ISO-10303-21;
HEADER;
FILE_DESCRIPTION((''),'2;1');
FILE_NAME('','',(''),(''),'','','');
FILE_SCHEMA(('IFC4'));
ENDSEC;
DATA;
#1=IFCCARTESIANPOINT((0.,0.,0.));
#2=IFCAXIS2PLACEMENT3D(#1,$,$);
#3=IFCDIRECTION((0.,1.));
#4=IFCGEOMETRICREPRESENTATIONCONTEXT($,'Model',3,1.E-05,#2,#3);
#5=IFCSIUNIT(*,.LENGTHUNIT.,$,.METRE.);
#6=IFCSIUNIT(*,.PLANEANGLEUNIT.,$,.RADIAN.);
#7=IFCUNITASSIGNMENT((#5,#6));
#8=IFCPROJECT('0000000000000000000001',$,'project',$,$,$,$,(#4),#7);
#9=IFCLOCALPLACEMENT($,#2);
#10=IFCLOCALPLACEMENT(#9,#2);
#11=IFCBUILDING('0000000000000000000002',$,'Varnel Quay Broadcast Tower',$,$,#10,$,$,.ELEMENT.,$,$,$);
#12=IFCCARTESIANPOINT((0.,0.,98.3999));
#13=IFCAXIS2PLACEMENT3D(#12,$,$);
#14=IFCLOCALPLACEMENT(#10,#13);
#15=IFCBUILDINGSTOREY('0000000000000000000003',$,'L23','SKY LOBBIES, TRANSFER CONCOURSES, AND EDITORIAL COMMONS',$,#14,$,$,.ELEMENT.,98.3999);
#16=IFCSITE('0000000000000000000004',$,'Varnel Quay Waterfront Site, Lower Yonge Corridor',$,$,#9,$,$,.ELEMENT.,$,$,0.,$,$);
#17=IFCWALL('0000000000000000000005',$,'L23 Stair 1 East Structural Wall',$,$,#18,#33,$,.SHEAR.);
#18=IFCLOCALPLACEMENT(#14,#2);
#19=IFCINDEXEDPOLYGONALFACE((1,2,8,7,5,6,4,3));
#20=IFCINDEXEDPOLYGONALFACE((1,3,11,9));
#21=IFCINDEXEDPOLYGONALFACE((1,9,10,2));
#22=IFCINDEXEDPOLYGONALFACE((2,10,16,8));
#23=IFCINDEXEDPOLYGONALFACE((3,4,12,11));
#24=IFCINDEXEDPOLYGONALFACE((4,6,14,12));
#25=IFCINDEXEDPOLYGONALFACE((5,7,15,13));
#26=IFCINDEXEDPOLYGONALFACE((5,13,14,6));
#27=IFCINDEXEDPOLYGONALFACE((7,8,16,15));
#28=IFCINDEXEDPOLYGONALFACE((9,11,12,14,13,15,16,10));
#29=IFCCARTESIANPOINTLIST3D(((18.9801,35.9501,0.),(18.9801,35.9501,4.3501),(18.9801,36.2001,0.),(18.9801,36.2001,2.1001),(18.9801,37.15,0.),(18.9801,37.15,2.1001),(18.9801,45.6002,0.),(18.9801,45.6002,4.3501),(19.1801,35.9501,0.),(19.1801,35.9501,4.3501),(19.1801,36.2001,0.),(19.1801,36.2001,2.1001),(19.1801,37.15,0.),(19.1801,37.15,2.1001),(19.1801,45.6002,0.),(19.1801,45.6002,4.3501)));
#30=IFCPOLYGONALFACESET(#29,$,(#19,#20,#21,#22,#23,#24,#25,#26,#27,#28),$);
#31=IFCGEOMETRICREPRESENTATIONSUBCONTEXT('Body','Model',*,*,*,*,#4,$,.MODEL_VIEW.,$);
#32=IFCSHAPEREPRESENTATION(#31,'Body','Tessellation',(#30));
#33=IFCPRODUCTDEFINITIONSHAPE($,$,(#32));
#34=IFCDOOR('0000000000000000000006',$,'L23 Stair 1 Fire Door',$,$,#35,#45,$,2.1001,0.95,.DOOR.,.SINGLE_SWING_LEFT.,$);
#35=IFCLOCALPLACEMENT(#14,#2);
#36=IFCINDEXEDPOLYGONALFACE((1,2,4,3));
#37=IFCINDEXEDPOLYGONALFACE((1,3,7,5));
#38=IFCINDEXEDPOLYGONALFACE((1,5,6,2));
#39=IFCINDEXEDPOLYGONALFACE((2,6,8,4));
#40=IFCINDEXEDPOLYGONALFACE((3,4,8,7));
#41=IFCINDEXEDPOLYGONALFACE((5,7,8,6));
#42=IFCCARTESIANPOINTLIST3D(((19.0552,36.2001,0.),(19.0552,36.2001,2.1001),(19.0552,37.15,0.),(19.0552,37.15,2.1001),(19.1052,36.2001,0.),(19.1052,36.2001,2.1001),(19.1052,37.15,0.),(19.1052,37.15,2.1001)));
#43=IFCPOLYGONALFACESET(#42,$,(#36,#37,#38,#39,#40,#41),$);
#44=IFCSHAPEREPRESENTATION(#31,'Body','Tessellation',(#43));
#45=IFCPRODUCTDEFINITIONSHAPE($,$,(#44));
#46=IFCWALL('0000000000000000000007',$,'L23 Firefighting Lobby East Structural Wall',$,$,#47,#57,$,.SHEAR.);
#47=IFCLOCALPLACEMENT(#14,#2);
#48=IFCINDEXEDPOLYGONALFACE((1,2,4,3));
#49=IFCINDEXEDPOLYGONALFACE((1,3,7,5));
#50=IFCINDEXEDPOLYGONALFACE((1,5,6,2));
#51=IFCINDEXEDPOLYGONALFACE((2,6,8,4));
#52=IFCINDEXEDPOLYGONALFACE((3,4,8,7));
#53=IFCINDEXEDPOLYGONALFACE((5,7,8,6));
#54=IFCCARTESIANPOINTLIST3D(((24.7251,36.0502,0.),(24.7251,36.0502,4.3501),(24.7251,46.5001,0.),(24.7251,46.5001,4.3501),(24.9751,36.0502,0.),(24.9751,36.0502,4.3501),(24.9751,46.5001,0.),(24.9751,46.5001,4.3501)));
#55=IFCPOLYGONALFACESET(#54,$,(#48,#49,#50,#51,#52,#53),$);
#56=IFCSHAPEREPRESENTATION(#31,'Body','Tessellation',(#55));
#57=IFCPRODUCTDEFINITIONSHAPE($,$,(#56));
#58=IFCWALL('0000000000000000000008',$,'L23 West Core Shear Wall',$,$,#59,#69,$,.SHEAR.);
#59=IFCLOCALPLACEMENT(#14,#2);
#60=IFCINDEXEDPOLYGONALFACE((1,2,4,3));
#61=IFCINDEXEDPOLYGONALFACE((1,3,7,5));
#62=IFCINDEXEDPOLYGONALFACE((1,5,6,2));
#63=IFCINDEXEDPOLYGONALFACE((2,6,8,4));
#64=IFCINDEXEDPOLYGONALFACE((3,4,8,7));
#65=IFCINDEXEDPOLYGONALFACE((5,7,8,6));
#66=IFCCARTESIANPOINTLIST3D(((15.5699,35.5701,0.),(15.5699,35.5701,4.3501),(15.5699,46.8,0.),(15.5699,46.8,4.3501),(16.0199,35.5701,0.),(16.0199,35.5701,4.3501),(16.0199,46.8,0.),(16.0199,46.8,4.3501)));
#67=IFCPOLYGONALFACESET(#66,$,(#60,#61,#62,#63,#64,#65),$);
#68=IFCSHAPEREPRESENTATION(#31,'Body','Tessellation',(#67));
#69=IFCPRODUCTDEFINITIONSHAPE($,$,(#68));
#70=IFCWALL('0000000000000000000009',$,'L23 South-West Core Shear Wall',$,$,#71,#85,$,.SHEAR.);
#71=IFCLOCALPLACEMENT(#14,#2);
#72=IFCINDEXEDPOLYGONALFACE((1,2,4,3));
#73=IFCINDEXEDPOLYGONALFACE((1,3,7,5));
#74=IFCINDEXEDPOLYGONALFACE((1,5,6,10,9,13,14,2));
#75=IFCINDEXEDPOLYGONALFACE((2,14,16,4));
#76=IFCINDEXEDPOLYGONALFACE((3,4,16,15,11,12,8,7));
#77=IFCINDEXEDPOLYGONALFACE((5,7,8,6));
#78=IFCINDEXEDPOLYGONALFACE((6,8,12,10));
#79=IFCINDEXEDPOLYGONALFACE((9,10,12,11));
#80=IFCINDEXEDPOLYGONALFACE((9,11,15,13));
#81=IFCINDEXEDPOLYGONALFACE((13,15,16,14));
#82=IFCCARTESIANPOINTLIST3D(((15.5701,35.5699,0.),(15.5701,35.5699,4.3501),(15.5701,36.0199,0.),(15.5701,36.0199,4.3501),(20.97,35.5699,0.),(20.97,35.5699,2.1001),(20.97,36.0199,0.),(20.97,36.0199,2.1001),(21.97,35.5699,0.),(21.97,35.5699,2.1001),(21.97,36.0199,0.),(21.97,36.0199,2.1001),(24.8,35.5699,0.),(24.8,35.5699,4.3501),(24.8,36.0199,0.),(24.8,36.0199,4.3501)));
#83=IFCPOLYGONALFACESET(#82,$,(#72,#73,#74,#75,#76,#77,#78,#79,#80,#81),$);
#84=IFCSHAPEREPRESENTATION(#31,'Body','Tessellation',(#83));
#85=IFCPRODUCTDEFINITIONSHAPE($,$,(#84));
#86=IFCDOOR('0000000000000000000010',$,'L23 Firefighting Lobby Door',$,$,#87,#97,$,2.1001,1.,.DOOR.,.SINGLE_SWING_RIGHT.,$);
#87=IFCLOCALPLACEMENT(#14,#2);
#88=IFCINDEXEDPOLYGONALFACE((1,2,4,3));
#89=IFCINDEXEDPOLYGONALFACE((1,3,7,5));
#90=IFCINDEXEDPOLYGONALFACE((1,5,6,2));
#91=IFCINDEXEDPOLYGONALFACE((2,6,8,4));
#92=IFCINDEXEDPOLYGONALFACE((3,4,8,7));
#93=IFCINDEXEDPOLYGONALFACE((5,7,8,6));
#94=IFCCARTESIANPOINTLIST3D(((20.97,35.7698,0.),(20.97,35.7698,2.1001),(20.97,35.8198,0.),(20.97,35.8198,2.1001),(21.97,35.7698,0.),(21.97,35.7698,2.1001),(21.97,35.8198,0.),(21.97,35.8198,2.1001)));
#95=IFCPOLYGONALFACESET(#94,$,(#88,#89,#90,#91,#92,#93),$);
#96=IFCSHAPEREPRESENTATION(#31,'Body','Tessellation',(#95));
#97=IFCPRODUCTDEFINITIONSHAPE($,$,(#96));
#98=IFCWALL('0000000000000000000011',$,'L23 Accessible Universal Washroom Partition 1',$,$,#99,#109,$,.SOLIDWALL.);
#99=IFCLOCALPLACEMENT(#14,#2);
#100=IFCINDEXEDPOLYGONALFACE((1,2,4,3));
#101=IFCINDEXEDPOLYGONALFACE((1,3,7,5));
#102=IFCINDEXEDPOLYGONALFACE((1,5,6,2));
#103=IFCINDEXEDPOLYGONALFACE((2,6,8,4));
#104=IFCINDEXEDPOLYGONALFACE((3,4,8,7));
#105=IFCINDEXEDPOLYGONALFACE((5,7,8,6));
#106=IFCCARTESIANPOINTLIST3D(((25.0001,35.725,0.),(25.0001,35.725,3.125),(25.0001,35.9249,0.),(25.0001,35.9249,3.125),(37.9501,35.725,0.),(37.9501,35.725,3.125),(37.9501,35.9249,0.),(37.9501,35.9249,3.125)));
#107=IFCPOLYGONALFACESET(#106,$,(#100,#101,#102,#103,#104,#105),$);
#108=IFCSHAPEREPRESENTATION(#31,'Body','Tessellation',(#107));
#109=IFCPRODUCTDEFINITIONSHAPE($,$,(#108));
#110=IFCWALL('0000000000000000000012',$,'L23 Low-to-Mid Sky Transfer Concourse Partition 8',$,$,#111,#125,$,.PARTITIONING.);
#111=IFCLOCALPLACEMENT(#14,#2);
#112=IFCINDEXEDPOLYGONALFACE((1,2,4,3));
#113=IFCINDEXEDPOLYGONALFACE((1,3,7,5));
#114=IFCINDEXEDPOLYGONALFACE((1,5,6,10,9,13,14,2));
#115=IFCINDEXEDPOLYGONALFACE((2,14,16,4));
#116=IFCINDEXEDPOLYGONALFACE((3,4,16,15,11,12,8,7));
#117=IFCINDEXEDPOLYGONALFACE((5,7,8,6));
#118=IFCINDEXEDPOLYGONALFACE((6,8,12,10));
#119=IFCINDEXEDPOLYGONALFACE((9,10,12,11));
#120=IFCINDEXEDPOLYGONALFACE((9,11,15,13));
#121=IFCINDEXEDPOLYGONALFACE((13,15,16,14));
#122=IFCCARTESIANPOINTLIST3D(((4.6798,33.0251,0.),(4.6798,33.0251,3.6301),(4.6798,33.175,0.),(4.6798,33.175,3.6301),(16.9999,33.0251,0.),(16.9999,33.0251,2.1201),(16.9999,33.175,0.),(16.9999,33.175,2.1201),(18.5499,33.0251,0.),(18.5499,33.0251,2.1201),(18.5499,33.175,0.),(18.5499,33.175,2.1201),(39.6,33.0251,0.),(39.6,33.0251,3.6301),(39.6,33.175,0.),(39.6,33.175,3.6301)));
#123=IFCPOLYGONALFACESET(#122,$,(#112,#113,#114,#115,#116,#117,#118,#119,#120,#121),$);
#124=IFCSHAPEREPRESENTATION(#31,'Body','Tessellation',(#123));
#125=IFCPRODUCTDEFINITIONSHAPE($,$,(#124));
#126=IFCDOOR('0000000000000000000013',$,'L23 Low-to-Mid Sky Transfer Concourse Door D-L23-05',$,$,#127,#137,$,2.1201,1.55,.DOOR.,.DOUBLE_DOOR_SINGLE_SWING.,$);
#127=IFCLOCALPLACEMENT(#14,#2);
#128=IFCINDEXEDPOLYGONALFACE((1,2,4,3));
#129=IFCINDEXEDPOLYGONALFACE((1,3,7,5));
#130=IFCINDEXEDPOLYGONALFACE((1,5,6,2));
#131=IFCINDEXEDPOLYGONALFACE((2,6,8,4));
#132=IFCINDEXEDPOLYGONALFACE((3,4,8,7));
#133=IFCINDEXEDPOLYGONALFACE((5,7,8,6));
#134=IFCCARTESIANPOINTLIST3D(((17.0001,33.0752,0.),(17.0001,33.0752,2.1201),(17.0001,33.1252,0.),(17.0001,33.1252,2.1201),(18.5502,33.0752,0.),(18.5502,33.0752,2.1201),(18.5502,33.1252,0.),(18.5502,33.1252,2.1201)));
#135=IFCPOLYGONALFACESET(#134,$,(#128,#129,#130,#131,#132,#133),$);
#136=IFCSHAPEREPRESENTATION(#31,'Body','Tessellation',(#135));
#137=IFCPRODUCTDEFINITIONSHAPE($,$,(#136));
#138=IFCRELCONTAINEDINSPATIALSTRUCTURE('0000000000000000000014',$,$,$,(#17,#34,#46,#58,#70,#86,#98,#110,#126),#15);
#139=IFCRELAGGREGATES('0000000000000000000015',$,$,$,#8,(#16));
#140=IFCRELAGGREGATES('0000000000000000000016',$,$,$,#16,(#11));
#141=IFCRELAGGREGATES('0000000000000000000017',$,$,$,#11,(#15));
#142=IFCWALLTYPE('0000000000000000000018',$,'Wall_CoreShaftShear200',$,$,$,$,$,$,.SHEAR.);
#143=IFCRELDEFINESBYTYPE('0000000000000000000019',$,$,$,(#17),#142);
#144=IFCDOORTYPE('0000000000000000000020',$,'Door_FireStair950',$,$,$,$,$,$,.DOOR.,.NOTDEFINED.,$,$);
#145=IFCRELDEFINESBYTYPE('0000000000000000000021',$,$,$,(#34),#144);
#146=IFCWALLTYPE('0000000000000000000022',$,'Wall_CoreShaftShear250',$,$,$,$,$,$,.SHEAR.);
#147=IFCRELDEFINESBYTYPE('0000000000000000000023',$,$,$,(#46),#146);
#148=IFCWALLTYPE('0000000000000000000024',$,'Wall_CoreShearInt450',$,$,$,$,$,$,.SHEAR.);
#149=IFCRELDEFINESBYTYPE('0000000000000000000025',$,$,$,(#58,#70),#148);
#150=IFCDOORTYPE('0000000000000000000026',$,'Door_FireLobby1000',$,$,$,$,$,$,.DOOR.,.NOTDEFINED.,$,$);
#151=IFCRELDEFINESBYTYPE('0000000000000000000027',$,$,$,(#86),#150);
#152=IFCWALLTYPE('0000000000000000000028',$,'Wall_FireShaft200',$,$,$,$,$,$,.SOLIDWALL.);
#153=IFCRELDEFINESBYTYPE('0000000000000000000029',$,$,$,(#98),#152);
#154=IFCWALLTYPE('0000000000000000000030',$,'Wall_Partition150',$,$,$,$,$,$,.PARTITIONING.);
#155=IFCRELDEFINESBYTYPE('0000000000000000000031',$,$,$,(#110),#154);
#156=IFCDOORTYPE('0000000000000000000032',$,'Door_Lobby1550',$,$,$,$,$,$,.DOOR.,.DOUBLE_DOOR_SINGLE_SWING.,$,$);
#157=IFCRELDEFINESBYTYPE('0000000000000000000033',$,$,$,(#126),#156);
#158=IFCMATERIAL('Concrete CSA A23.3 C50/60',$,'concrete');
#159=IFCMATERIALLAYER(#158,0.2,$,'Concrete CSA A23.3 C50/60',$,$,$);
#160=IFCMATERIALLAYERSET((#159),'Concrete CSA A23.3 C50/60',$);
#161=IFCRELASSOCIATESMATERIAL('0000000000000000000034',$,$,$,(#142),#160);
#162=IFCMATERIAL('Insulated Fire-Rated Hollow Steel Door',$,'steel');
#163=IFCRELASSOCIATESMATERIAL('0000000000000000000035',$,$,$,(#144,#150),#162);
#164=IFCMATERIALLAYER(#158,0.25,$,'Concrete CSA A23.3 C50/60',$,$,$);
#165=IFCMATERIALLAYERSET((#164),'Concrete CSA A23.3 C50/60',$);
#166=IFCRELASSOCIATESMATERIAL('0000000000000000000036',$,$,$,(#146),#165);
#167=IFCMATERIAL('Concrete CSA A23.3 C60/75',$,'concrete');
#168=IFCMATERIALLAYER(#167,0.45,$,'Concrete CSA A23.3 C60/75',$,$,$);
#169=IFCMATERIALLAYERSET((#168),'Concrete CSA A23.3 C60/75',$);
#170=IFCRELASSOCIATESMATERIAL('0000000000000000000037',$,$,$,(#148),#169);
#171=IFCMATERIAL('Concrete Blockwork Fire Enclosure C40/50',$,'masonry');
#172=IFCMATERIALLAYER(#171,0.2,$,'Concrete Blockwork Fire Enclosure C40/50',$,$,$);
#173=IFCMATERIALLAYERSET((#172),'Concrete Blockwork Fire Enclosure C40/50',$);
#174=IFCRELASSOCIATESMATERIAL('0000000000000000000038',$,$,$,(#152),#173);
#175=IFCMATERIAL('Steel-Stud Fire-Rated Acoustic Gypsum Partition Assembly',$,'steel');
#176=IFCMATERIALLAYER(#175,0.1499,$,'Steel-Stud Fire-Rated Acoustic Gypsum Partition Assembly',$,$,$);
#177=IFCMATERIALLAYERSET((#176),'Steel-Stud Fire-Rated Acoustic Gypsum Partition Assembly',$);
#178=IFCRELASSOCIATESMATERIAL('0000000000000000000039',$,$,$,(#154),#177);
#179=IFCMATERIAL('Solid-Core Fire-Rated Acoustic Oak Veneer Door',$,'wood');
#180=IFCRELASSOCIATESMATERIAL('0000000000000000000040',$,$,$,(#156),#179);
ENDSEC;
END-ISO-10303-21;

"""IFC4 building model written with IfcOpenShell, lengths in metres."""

from ifc_helpers import new_model, si_unit, direction, frame, frame_2d, origin, place, context, subcontext, project, spatial, rectangle, extrude, source, transform, mapped, material, layer, layer_set, type_object, type_shapes, element, fill, save


model = new_model("IFC4")

# Units and contexts
model_context = context("Model", 3, precision=1e-05, world=origin(), true_north=direction((0.0, 1.0)))
body_context = subcontext(model_context, "Body", "Model", "MODEL_VIEW")
ifc_project = project(units=[si_unit("LENGTHUNIT", "METRE"), si_unit("PLANEANGLEUNIT", "RADIAN")], contexts=[model_context])

# Site, building, storey
site_placement = place(None, origin())
site = spatial("IfcSite", under=ifc_project, at=site_placement, Name="Varnel Quay Waterfront Site, Lower Yonge Corridor", CompositionType="ELEMENT", RefElevation=0.0)
building_placement = place(site_placement, origin())
building = spatial("IfcBuilding", under=site, at=building_placement, Name="Varnel Quay Broadcast Tower", CompositionType="ELEMENT")
storey_placement = place(building_placement, frame((0.0, 0.0, 98.3999)))
storey = spatial("IfcBuildingStorey", under=building, at=storey_placement, Name="L23", Description="SKY LOBBIES, TRANSFER CONCOURSES, AND EDITORIAL COMMONS", CompositionType="ELEMENT", Elevation=98.3999)

# Shared definitions
ifc_material_1 = material(Name="Concrete CSA A23.3 C60/75", Category="concrete")

# Wall, opening, door
ifc_material_2 = material(Name="Concrete CSA A23.3 C50/60", Category="concrete")
ifc_layer_1 = layer(ifc_material_2, 0.2, Name="Concrete CSA A23.3 C50/60")
ifc_layer_set_1 = layer_set([ifc_layer_1], Name="Concrete CSA A23.3 C50/60")
wall_type_1 = type_object("IfcWallType", Name="Wall_CoreShaftShear200", PredefinedType="SHEAR", material=ifc_layer_set_1)
wall_1_placement = place(storey_placement, frame((19.0801, 35.95, 0.0), z_axis=(0.0, 0.0, 1.0), x_axis=(0.0, 1.0, 0.0)))
wall_1 = element("IfcWall", 1, at=wall_1_placement, inside=storey, type_object=wall_type_1, Name="L23 Stair 1 East Structural Wall", PredefinedType="SHEAR", context=body_context, shape_type="SweptSolid", body=[
    extrude(rectangle(XDim=9.6501, YDim=0.2, at=frame_2d((4.8252, 0.0))), origin(), (0.0, 0.0, 1.0), 4.3501),
])
opening_1_placement = place(wall_1_placement, frame((0.25, 0.0, 0.0)))
opening_1 = element("IfcOpeningElement", 2, at=opening_1_placement, cuts=wall_1, PredefinedType="OPENING", context=body_context, shape_type="SweptSolid", body=[
    extrude(rectangle(XDim=0.95, YDim=2.1001, at=frame_2d((0.4751, 1.05))), frame((0.0, 0.1099, 0.0), z_axis=(0.0, -1.0, 0.0), x_axis=(1.0, 0.0, 0.0)), (0.0, 0.0, 1.0), 0.22),
])
ifc_material_3 = material(Name="Insulated Fire-Rated Hollow Steel Door", Category="steel")
door_type_1 = type_object("IfcDoorType", Name="Door_FireStair950", OperationType="NOTDEFINED", PredefinedType="DOOR", material=ifc_material_3)
shared_shape_1 = source(origin(), body_context, "Body", "SweptSolid", [
    extrude(rectangle(XDim=0.95, YDim=2.1001, at=frame_2d((0.4751, 1.05))), frame((0.0, 0.0249, 0.0), z_axis=(0.0, -1.0, 0.0), x_axis=(1.0, 0.0, 0.0)), (0.0, 0.0, 1.0), 0.05),
])
type_shapes(door_type_1, [shared_shape_1])
door_1_placement = place(opening_1_placement, origin())
door_1 = element("IfcDoor", 3, at=door_1_placement, inside=storey, type_object=door_type_1, Name="L23 Stair 1 Fire Door", OperationType="SINGLE_SWING_LEFT", OverallHeight=2.1001, OverallWidth=0.95, PredefinedType="DOOR", context=body_context, shape_type="MappedRepresentation", body=[
    mapped(shared_shape_1, transform((0.0, 0.0, 0.0), x_axis=(1.0, 0.0, 0.0), y_axis=(0.0, 1.0, 0.0), z_axis=(0.0, 0.0, 1.0), scale=1.0)),
])
fill(opening_1, door_1)

# Walls
ifc_layer_2 = layer(ifc_material_2, 0.25, Name="Concrete CSA A23.3 C50/60")
ifc_layer_set_2 = layer_set([ifc_layer_2], Name="Concrete CSA A23.3 C50/60")
wall_type_2 = type_object("IfcWallType", Name="Wall_CoreShaftShear250", PredefinedType="SHEAR", material=ifc_layer_set_2)
wall_2_placement = place(storey_placement, frame((24.8501, 36.05, 0.0), z_axis=(0.0, 0.0, 1.0), x_axis=(0.0, 1.0, 0.0)))
element("IfcWall", 4, at=wall_2_placement, inside=storey, type_object=wall_type_2, Name="L23 Firefighting Lobby East Structural Wall", PredefinedType="SHEAR", context=body_context, shape_type="SweptSolid", body=[
    extrude(rectangle(XDim=10.45, YDim=0.25, at=frame_2d((5.2251, 0.0))), origin(), (0.0, 0.0, 1.0), 4.3501),
])
ifc_layer_3 = layer(ifc_material_1, 0.45, Name="Concrete CSA A23.3 C60/75")
ifc_layer_set_3 = layer_set([ifc_layer_3], Name="Concrete CSA A23.3 C60/75")
wall_type_3 = type_object("IfcWallType", Name="Wall_CoreShearInt450", PredefinedType="SHEAR", material=ifc_layer_set_3)
wall_3_placement = place(storey_placement, frame((15.7949, 35.5701, 0.0), z_axis=(0.0, 0.0, 1.0), x_axis=(0.0, 1.0, 0.0)))
element("IfcWall", 5, at=wall_3_placement, inside=storey, type_object=wall_type_3, Name="L23 West Core Shear Wall", PredefinedType="SHEAR", context=body_context, shape_type="SweptSolid", body=[
    extrude(rectangle(XDim=11.23, YDim=0.45, at=frame_2d((5.615, 0.0))), origin(), (0.0, 0.0, 1.0), 4.3501),
])

# Wall, opening, door
wall_4_placement = place(storey_placement, frame((15.5701, 35.7949, 0.0), z_axis=(0.0, 0.0, 1.0), x_axis=(1.0, 0.0, 0.0)))
wall_4 = element("IfcWall", 6, at=wall_4_placement, inside=storey, type_object=wall_type_3, Name="L23 South-West Core Shear Wall", PredefinedType="SHEAR", context=body_context, shape_type="SweptSolid", body=[
    extrude(rectangle(XDim=9.23, YDim=0.45, at=frame_2d((4.615, 0.0))), origin(), (0.0, 0.0, 1.0), 4.3501),
])
opening_2_placement = place(wall_4_placement, frame((5.3999, 0.0, 0.0)))
opening_2 = element("IfcOpeningElement", 7, at=opening_2_placement, cuts=wall_4, PredefinedType="OPENING", context=body_context, shape_type="SweptSolid", body=[
    extrude(rectangle(XDim=1.0, YDim=2.1001, at=frame_2d((0.5, 1.05))), frame((0.0, 0.2349, 0.0), z_axis=(0.0, -1.0, 0.0), x_axis=(1.0, 0.0, 0.0)), (0.0, 0.0, 1.0), 0.47),
])
door_type_2 = type_object("IfcDoorType", Name="Door_FireLobby1000", OperationType="NOTDEFINED", PredefinedType="DOOR", material=ifc_material_3)
shared_shape_2 = source(origin(), body_context, "Body", "SweptSolid", [
    extrude(rectangle(XDim=1.0, YDim=2.1001, at=frame_2d((0.5, 1.05))), frame((0.0, 0.0249, 0.0), z_axis=(0.0, -1.0, 0.0), x_axis=(1.0, 0.0, 0.0)), (0.0, 0.0, 1.0), 0.05),
])
type_shapes(door_type_2, [shared_shape_2])
door_2_placement = place(opening_2_placement, origin())
door_2 = element("IfcDoor", 8, at=door_2_placement, inside=storey, type_object=door_type_2, Name="L23 Firefighting Lobby Door", OperationType="SINGLE_SWING_RIGHT", OverallHeight=2.1001, OverallWidth=1.0, PredefinedType="DOOR", context=body_context, shape_type="MappedRepresentation", body=[
    mapped(shared_shape_2, transform((0.0, 0.0, 0.0), x_axis=(1.0, 0.0, 0.0), y_axis=(0.0, 1.0, 0.0), z_axis=(0.0, 0.0, 1.0), scale=1.0)),
])
fill(opening_2, door_2)

# Wall
ifc_material_4 = material(Name="Concrete Blockwork Fire Enclosure C40/50", Category="masonry")
ifc_layer_4 = layer(ifc_material_4, 0.2, Name="Concrete Blockwork Fire Enclosure C40/50")
ifc_layer_set_4 = layer_set([ifc_layer_4], Name="Concrete Blockwork Fire Enclosure C40/50")
wall_type_4 = type_object("IfcWallType", Name="Wall_FireShaft200", PredefinedType="SOLIDWALL", material=ifc_layer_set_4)
wall_5_placement = place(storey_placement, frame((25.0, 35.825, 0.0), z_axis=(0.0, 0.0, 1.0), x_axis=(1.0, 0.0, 0.0)))
element("IfcWall", 9, at=wall_5_placement, inside=storey, type_object=wall_type_4, Name="L23 Accessible Universal Washroom Partition 1", PredefinedType="SOLIDWALL", context=body_context, shape_type="SweptSolid", body=[
    extrude(rectangle(XDim=12.95, YDim=0.2, at=frame_2d((6.4751, 0.0))), origin(), (0.0, 0.0, 1.0), 3.125),
])

# Wall, opening, door
ifc_material_5 = material(Name="Steel-Stud Fire-Rated Acoustic Gypsum Partition Assembly", Category="steel")
ifc_layer_5 = layer(ifc_material_5, 0.1499, Name="Steel-Stud Fire-Rated Acoustic Gypsum Partition Assembly")
ifc_layer_set_5 = layer_set([ifc_layer_5], Name="Steel-Stud Fire-Rated Acoustic Gypsum Partition Assembly")
wall_type_5 = type_object("IfcWallType", Name="Wall_Partition150", PredefinedType="PARTITIONING", material=ifc_layer_set_5)
wall_6_placement = place(storey_placement, frame((4.6799, 33.1001, 0.0), z_axis=(0.0, 0.0, 1.0), x_axis=(1.0, 0.0, 0.0)))
wall_6 = element("IfcWall", 10, at=wall_6_placement, inside=storey, type_object=wall_type_5, Name="L23 Low-to-Mid Sky Transfer Concourse Partition 8", PredefinedType="PARTITIONING", context=body_context, shape_type="SweptSolid", body=[
    extrude(rectangle(XDim=34.9202, YDim=0.1499, at=frame_2d((17.46, 0.0))), origin(), (0.0, 0.0, 1.0), 3.6301),
])
opening_3_placement = place(wall_6_placement, frame((12.3201, 0.0, 0.0)))
opening_3 = element("IfcOpeningElement", 11, at=opening_3_placement, cuts=wall_6, PredefinedType="OPENING", context=body_context, shape_type="SweptSolid", body=[
    extrude(rectangle(XDim=1.55, YDim=2.1201, at=frame_2d((0.7749, 1.0601))), frame((0.0, 0.085, 0.0), z_axis=(0.0, -1.0, 0.0), x_axis=(1.0, 0.0, 0.0)), (0.0, 0.0, 1.0), 0.1699),
])
ifc_material_6 = material(Name="Solid-Core Fire-Rated Acoustic Oak Veneer Door", Category="wood")
door_type_3 = type_object("IfcDoorType", Name="Door_Lobby1550", OperationType="DOUBLE_DOOR_SINGLE_SWING", PredefinedType="DOOR", material=ifc_material_6)
shared_shape_3 = source(origin(), body_context, "Body", "SweptSolid", [
    extrude(rectangle(XDim=1.55, YDim=2.1201, at=frame_2d((0.7749, 1.0601))), frame((0.0, 0.0249, 0.0), z_axis=(0.0, -1.0, 0.0), x_axis=(1.0, 0.0, 0.0)), (0.0, 0.0, 1.0), 0.05),
])
type_shapes(door_type_3, [shared_shape_3])
door_3_placement = place(opening_3_placement, frame((1.55, 0.0, 0.0), z_axis=(0.0, 0.0, 1.0), x_axis=(-1.0, 0.0, 0.0)))
door_3 = element("IfcDoor", 12, at=door_3_placement, inside=storey, type_object=door_type_3, Name="L23 Low-to-Mid Sky Transfer Concourse Door D-L23-05", OperationType="DOUBLE_DOOR_SINGLE_SWING", OverallHeight=2.1201, OverallWidth=1.55, PredefinedType="DOOR", context=body_context, shape_type="MappedRepresentation", body=[
    mapped(shared_shape_3, transform((0.0, 0.0, 0.0), x_axis=(1.0, 0.0, 0.0), y_axis=(0.0, 1.0, 0.0), z_axis=(0.0, 0.0, 1.0), scale=1.0)),
])
fill(opening_3, door_3)

save(model, "model.ifc")
